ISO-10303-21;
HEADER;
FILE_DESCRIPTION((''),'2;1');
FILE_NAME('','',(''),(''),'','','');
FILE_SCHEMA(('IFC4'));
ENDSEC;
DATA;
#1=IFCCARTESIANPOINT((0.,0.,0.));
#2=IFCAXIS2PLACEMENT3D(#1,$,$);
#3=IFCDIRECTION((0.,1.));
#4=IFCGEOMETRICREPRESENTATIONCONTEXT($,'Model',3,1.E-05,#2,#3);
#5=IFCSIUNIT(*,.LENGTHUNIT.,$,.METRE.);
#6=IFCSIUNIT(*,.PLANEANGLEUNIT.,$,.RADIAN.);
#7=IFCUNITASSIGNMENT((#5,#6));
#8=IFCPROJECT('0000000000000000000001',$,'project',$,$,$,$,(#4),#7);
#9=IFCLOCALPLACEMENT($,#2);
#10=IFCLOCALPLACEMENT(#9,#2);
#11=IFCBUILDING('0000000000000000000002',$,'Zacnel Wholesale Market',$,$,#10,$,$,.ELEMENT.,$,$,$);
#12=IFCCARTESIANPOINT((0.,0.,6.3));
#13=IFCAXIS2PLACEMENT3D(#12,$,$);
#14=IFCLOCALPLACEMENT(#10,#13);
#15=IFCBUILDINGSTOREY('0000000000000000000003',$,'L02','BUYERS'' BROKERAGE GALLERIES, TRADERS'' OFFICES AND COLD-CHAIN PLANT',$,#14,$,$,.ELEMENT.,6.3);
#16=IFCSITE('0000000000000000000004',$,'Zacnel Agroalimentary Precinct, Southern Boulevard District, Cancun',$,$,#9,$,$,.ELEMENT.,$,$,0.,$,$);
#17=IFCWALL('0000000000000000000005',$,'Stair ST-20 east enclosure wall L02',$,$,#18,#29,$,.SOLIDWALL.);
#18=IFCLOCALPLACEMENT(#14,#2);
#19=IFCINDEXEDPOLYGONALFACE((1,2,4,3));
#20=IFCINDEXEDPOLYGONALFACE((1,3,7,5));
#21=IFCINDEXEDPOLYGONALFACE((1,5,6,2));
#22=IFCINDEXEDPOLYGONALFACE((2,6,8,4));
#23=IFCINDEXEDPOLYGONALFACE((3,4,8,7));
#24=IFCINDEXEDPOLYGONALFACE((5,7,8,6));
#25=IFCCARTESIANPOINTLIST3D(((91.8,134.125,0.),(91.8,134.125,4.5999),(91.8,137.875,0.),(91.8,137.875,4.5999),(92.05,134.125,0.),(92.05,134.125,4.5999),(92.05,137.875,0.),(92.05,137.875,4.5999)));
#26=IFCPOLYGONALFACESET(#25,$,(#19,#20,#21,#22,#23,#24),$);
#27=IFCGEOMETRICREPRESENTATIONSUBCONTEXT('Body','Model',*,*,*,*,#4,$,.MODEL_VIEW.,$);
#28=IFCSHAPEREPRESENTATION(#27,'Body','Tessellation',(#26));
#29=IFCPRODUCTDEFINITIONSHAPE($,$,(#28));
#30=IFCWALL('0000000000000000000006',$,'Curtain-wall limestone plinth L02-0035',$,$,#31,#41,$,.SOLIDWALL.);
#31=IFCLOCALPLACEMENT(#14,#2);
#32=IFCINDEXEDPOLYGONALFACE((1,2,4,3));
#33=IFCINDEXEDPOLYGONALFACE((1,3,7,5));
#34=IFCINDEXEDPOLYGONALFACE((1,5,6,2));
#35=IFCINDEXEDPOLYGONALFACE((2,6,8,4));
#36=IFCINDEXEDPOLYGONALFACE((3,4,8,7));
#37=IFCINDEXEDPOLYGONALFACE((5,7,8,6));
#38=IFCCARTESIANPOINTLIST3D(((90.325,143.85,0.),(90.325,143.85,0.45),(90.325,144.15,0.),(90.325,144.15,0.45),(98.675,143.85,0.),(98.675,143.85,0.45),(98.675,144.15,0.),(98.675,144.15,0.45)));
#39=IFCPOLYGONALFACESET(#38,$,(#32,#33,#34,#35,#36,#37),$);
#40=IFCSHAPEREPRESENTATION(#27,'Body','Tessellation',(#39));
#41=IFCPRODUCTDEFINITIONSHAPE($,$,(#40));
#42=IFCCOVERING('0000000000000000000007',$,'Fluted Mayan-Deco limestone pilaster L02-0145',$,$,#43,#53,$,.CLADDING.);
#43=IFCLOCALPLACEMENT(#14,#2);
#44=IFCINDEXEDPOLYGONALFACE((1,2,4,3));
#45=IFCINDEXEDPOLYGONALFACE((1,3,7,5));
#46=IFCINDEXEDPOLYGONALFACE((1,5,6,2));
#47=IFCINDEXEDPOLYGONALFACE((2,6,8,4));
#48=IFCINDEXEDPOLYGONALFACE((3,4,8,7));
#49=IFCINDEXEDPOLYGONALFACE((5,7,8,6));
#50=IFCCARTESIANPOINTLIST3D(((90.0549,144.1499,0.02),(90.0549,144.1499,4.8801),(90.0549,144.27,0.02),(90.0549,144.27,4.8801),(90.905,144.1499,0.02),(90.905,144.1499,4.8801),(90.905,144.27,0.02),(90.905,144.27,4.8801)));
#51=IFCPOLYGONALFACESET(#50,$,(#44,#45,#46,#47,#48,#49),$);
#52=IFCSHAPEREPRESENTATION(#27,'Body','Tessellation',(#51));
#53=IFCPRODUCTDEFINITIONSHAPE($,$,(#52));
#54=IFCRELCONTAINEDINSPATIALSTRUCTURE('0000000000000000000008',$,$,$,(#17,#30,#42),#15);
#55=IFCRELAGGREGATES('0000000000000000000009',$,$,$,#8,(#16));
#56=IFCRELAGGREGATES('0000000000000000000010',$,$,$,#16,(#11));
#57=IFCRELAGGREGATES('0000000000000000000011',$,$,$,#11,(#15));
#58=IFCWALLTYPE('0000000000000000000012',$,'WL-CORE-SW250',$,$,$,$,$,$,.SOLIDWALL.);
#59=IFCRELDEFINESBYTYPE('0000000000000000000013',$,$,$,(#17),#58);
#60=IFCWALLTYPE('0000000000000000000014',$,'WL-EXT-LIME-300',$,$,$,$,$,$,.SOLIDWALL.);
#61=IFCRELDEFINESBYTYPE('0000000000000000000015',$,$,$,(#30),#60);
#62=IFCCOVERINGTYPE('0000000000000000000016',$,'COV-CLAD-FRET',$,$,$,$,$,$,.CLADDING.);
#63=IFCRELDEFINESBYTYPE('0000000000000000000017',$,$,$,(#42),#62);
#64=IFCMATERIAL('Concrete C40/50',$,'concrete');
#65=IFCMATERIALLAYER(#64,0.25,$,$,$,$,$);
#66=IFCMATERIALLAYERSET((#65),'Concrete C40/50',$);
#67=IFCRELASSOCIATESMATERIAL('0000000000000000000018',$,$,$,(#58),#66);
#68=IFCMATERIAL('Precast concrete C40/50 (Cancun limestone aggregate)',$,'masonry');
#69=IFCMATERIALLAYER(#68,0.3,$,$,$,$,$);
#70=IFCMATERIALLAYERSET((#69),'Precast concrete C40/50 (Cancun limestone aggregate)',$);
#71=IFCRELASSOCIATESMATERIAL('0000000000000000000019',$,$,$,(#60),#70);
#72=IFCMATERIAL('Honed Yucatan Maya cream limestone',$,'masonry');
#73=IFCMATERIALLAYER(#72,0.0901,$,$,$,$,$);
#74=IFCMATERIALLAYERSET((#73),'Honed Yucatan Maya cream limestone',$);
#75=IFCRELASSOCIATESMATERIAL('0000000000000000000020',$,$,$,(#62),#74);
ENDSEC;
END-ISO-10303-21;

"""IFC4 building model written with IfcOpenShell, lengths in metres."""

from ifc_helpers import new_model, si_unit, direction, frame, frame_2d, origin, origin_2d, place, context, subcontext, project, spatial, rectangle, extrude, material, layer, layer_set, type_object, element, save


model = new_model("IFC4")

# Units and contexts
model_context = context("Model", 3, precision=1e-05, world=origin(), true_north=direction((0.0, 1.0)))
body_context = subcontext(model_context, "Body", "Model", "MODEL_VIEW")
ifc_project = project(units=[si_unit("LENGTHUNIT", "METRE"), si_unit("PLANEANGLEUNIT", "RADIAN")], contexts=[model_context])

# Site, building, storey
site_placement = place(None, origin())
site = spatial("IfcSite", under=ifc_project, at=site_placement, Name="Zacnel Agroalimentary Precinct, Southern Boulevard District, Cancun", CompositionType="ELEMENT", RefElevation=0.0)
building_placement = place(site_placement, origin())
building = spatial("IfcBuilding", under=site, at=building_placement, Name="Zacnel Wholesale Market", CompositionType="ELEMENT")
storey_placement = place(building_placement, frame((0.0, 0.0, 6.3)))
storey = spatial("IfcBuildingStorey", under=building, at=storey_placement, Name="L02", Description="BUYERS' BROKERAGE GALLERIES, TRADERS' OFFICES AND COLD-CHAIN PLANT", CompositionType="ELEMENT", Elevation=6.3)

# Walls
ifc_material_1 = material(Name="Concrete C40/50", Category="concrete")
ifc_layer_1 = layer(ifc_material_1, 0.25)
ifc_layer_set_1 = layer_set([ifc_layer_1], Name="Concrete C40/50")
wall_type_1 = type_object("IfcWallType", Name="WL-CORE-SW250", PredefinedType="SOLIDWALL", material=ifc_layer_set_1)
wall_1_placement = place(storey_placement, frame((91.925, 134.125, 0.0), z_axis=(0.0, 0.0, 1.0), x_axis=(0.0, 1.0, 0.0)))
element("IfcWall", 1, at=wall_1_placement, inside=storey, type_object=wall_type_1, Name="Stair ST-20 east enclosure wall L02", PredefinedType="SOLIDWALL", context=body_context, shape_type="SweptSolid", body=[
    extrude(rectangle(XDim=3.75, YDim=0.25, at=frame_2d((1.875, 0.0))), origin(), (0.0, 0.0, 1.0), 4.5999),
])
ifc_material_2 = material(Name="Precast concrete C40/50 (Cancun limestone aggregate)", Category="masonry")
ifc_layer_2 = layer(ifc_material_2, 0.3)
ifc_layer_set_2 = layer_set([ifc_layer_2], Name="Precast concrete C40/50 (Cancun limestone aggregate)")
wall_type_2 = type_object("IfcWallType", Name="WL-EXT-LIME-300", PredefinedType="SOLIDWALL", material=ifc_layer_set_2)
wall_2_placement = place(storey_placement, frame((90.325, 144.0, 0.0), z_axis=(0.0, 0.0, 1.0), x_axis=(1.0, 0.0, 0.0)))
element("IfcWall", 2, at=wall_2_placement, inside=storey, type_object=wall_type_2, Name="Curtain-wall limestone plinth L02-0035", PredefinedType="SOLIDWALL", context=body_context, shape_type="SweptSolid", body=[
    extrude(rectangle(XDim=8.3501, YDim=0.3, at=frame_2d((4.175, 0.0))), origin(), (0.0, 0.0, 1.0), 0.45),
])

# Covering
ifc_material_3 = material(Name="Honed Yucatan Maya cream limestone", Category="masonry")
ifc_layer_3 = layer(ifc_material_3, 0.0901)
ifc_layer_set_3 = layer_set([ifc_layer_3], Name="Honed Yucatan Maya cream limestone")
covering_type = type_object("IfcCoveringType", Name="COV-CLAD-FRET", PredefinedType="CLADDING", material=ifc_layer_set_3)
covering_placement = place(storey_placement, frame((90.48, 144.21, 0.02), z_axis=(0.0, 0.0, 1.0), x_axis=(1.0, 0.0, 0.0)))
element("IfcCovering", 3, at=covering_placement, inside=storey, type_object=covering_type, Name="Fluted Mayan-Deco limestone pilaster L02-0145", PredefinedType="CLADDING", context=body_context, shape_type="SweptSolid", body=[
    extrude(rectangle(XDim=0.8501, YDim=0.1201, at=origin_2d()), origin(), (0.0, 0.0, 1.0), 4.8601),
])

save(model, "model.ifc")
